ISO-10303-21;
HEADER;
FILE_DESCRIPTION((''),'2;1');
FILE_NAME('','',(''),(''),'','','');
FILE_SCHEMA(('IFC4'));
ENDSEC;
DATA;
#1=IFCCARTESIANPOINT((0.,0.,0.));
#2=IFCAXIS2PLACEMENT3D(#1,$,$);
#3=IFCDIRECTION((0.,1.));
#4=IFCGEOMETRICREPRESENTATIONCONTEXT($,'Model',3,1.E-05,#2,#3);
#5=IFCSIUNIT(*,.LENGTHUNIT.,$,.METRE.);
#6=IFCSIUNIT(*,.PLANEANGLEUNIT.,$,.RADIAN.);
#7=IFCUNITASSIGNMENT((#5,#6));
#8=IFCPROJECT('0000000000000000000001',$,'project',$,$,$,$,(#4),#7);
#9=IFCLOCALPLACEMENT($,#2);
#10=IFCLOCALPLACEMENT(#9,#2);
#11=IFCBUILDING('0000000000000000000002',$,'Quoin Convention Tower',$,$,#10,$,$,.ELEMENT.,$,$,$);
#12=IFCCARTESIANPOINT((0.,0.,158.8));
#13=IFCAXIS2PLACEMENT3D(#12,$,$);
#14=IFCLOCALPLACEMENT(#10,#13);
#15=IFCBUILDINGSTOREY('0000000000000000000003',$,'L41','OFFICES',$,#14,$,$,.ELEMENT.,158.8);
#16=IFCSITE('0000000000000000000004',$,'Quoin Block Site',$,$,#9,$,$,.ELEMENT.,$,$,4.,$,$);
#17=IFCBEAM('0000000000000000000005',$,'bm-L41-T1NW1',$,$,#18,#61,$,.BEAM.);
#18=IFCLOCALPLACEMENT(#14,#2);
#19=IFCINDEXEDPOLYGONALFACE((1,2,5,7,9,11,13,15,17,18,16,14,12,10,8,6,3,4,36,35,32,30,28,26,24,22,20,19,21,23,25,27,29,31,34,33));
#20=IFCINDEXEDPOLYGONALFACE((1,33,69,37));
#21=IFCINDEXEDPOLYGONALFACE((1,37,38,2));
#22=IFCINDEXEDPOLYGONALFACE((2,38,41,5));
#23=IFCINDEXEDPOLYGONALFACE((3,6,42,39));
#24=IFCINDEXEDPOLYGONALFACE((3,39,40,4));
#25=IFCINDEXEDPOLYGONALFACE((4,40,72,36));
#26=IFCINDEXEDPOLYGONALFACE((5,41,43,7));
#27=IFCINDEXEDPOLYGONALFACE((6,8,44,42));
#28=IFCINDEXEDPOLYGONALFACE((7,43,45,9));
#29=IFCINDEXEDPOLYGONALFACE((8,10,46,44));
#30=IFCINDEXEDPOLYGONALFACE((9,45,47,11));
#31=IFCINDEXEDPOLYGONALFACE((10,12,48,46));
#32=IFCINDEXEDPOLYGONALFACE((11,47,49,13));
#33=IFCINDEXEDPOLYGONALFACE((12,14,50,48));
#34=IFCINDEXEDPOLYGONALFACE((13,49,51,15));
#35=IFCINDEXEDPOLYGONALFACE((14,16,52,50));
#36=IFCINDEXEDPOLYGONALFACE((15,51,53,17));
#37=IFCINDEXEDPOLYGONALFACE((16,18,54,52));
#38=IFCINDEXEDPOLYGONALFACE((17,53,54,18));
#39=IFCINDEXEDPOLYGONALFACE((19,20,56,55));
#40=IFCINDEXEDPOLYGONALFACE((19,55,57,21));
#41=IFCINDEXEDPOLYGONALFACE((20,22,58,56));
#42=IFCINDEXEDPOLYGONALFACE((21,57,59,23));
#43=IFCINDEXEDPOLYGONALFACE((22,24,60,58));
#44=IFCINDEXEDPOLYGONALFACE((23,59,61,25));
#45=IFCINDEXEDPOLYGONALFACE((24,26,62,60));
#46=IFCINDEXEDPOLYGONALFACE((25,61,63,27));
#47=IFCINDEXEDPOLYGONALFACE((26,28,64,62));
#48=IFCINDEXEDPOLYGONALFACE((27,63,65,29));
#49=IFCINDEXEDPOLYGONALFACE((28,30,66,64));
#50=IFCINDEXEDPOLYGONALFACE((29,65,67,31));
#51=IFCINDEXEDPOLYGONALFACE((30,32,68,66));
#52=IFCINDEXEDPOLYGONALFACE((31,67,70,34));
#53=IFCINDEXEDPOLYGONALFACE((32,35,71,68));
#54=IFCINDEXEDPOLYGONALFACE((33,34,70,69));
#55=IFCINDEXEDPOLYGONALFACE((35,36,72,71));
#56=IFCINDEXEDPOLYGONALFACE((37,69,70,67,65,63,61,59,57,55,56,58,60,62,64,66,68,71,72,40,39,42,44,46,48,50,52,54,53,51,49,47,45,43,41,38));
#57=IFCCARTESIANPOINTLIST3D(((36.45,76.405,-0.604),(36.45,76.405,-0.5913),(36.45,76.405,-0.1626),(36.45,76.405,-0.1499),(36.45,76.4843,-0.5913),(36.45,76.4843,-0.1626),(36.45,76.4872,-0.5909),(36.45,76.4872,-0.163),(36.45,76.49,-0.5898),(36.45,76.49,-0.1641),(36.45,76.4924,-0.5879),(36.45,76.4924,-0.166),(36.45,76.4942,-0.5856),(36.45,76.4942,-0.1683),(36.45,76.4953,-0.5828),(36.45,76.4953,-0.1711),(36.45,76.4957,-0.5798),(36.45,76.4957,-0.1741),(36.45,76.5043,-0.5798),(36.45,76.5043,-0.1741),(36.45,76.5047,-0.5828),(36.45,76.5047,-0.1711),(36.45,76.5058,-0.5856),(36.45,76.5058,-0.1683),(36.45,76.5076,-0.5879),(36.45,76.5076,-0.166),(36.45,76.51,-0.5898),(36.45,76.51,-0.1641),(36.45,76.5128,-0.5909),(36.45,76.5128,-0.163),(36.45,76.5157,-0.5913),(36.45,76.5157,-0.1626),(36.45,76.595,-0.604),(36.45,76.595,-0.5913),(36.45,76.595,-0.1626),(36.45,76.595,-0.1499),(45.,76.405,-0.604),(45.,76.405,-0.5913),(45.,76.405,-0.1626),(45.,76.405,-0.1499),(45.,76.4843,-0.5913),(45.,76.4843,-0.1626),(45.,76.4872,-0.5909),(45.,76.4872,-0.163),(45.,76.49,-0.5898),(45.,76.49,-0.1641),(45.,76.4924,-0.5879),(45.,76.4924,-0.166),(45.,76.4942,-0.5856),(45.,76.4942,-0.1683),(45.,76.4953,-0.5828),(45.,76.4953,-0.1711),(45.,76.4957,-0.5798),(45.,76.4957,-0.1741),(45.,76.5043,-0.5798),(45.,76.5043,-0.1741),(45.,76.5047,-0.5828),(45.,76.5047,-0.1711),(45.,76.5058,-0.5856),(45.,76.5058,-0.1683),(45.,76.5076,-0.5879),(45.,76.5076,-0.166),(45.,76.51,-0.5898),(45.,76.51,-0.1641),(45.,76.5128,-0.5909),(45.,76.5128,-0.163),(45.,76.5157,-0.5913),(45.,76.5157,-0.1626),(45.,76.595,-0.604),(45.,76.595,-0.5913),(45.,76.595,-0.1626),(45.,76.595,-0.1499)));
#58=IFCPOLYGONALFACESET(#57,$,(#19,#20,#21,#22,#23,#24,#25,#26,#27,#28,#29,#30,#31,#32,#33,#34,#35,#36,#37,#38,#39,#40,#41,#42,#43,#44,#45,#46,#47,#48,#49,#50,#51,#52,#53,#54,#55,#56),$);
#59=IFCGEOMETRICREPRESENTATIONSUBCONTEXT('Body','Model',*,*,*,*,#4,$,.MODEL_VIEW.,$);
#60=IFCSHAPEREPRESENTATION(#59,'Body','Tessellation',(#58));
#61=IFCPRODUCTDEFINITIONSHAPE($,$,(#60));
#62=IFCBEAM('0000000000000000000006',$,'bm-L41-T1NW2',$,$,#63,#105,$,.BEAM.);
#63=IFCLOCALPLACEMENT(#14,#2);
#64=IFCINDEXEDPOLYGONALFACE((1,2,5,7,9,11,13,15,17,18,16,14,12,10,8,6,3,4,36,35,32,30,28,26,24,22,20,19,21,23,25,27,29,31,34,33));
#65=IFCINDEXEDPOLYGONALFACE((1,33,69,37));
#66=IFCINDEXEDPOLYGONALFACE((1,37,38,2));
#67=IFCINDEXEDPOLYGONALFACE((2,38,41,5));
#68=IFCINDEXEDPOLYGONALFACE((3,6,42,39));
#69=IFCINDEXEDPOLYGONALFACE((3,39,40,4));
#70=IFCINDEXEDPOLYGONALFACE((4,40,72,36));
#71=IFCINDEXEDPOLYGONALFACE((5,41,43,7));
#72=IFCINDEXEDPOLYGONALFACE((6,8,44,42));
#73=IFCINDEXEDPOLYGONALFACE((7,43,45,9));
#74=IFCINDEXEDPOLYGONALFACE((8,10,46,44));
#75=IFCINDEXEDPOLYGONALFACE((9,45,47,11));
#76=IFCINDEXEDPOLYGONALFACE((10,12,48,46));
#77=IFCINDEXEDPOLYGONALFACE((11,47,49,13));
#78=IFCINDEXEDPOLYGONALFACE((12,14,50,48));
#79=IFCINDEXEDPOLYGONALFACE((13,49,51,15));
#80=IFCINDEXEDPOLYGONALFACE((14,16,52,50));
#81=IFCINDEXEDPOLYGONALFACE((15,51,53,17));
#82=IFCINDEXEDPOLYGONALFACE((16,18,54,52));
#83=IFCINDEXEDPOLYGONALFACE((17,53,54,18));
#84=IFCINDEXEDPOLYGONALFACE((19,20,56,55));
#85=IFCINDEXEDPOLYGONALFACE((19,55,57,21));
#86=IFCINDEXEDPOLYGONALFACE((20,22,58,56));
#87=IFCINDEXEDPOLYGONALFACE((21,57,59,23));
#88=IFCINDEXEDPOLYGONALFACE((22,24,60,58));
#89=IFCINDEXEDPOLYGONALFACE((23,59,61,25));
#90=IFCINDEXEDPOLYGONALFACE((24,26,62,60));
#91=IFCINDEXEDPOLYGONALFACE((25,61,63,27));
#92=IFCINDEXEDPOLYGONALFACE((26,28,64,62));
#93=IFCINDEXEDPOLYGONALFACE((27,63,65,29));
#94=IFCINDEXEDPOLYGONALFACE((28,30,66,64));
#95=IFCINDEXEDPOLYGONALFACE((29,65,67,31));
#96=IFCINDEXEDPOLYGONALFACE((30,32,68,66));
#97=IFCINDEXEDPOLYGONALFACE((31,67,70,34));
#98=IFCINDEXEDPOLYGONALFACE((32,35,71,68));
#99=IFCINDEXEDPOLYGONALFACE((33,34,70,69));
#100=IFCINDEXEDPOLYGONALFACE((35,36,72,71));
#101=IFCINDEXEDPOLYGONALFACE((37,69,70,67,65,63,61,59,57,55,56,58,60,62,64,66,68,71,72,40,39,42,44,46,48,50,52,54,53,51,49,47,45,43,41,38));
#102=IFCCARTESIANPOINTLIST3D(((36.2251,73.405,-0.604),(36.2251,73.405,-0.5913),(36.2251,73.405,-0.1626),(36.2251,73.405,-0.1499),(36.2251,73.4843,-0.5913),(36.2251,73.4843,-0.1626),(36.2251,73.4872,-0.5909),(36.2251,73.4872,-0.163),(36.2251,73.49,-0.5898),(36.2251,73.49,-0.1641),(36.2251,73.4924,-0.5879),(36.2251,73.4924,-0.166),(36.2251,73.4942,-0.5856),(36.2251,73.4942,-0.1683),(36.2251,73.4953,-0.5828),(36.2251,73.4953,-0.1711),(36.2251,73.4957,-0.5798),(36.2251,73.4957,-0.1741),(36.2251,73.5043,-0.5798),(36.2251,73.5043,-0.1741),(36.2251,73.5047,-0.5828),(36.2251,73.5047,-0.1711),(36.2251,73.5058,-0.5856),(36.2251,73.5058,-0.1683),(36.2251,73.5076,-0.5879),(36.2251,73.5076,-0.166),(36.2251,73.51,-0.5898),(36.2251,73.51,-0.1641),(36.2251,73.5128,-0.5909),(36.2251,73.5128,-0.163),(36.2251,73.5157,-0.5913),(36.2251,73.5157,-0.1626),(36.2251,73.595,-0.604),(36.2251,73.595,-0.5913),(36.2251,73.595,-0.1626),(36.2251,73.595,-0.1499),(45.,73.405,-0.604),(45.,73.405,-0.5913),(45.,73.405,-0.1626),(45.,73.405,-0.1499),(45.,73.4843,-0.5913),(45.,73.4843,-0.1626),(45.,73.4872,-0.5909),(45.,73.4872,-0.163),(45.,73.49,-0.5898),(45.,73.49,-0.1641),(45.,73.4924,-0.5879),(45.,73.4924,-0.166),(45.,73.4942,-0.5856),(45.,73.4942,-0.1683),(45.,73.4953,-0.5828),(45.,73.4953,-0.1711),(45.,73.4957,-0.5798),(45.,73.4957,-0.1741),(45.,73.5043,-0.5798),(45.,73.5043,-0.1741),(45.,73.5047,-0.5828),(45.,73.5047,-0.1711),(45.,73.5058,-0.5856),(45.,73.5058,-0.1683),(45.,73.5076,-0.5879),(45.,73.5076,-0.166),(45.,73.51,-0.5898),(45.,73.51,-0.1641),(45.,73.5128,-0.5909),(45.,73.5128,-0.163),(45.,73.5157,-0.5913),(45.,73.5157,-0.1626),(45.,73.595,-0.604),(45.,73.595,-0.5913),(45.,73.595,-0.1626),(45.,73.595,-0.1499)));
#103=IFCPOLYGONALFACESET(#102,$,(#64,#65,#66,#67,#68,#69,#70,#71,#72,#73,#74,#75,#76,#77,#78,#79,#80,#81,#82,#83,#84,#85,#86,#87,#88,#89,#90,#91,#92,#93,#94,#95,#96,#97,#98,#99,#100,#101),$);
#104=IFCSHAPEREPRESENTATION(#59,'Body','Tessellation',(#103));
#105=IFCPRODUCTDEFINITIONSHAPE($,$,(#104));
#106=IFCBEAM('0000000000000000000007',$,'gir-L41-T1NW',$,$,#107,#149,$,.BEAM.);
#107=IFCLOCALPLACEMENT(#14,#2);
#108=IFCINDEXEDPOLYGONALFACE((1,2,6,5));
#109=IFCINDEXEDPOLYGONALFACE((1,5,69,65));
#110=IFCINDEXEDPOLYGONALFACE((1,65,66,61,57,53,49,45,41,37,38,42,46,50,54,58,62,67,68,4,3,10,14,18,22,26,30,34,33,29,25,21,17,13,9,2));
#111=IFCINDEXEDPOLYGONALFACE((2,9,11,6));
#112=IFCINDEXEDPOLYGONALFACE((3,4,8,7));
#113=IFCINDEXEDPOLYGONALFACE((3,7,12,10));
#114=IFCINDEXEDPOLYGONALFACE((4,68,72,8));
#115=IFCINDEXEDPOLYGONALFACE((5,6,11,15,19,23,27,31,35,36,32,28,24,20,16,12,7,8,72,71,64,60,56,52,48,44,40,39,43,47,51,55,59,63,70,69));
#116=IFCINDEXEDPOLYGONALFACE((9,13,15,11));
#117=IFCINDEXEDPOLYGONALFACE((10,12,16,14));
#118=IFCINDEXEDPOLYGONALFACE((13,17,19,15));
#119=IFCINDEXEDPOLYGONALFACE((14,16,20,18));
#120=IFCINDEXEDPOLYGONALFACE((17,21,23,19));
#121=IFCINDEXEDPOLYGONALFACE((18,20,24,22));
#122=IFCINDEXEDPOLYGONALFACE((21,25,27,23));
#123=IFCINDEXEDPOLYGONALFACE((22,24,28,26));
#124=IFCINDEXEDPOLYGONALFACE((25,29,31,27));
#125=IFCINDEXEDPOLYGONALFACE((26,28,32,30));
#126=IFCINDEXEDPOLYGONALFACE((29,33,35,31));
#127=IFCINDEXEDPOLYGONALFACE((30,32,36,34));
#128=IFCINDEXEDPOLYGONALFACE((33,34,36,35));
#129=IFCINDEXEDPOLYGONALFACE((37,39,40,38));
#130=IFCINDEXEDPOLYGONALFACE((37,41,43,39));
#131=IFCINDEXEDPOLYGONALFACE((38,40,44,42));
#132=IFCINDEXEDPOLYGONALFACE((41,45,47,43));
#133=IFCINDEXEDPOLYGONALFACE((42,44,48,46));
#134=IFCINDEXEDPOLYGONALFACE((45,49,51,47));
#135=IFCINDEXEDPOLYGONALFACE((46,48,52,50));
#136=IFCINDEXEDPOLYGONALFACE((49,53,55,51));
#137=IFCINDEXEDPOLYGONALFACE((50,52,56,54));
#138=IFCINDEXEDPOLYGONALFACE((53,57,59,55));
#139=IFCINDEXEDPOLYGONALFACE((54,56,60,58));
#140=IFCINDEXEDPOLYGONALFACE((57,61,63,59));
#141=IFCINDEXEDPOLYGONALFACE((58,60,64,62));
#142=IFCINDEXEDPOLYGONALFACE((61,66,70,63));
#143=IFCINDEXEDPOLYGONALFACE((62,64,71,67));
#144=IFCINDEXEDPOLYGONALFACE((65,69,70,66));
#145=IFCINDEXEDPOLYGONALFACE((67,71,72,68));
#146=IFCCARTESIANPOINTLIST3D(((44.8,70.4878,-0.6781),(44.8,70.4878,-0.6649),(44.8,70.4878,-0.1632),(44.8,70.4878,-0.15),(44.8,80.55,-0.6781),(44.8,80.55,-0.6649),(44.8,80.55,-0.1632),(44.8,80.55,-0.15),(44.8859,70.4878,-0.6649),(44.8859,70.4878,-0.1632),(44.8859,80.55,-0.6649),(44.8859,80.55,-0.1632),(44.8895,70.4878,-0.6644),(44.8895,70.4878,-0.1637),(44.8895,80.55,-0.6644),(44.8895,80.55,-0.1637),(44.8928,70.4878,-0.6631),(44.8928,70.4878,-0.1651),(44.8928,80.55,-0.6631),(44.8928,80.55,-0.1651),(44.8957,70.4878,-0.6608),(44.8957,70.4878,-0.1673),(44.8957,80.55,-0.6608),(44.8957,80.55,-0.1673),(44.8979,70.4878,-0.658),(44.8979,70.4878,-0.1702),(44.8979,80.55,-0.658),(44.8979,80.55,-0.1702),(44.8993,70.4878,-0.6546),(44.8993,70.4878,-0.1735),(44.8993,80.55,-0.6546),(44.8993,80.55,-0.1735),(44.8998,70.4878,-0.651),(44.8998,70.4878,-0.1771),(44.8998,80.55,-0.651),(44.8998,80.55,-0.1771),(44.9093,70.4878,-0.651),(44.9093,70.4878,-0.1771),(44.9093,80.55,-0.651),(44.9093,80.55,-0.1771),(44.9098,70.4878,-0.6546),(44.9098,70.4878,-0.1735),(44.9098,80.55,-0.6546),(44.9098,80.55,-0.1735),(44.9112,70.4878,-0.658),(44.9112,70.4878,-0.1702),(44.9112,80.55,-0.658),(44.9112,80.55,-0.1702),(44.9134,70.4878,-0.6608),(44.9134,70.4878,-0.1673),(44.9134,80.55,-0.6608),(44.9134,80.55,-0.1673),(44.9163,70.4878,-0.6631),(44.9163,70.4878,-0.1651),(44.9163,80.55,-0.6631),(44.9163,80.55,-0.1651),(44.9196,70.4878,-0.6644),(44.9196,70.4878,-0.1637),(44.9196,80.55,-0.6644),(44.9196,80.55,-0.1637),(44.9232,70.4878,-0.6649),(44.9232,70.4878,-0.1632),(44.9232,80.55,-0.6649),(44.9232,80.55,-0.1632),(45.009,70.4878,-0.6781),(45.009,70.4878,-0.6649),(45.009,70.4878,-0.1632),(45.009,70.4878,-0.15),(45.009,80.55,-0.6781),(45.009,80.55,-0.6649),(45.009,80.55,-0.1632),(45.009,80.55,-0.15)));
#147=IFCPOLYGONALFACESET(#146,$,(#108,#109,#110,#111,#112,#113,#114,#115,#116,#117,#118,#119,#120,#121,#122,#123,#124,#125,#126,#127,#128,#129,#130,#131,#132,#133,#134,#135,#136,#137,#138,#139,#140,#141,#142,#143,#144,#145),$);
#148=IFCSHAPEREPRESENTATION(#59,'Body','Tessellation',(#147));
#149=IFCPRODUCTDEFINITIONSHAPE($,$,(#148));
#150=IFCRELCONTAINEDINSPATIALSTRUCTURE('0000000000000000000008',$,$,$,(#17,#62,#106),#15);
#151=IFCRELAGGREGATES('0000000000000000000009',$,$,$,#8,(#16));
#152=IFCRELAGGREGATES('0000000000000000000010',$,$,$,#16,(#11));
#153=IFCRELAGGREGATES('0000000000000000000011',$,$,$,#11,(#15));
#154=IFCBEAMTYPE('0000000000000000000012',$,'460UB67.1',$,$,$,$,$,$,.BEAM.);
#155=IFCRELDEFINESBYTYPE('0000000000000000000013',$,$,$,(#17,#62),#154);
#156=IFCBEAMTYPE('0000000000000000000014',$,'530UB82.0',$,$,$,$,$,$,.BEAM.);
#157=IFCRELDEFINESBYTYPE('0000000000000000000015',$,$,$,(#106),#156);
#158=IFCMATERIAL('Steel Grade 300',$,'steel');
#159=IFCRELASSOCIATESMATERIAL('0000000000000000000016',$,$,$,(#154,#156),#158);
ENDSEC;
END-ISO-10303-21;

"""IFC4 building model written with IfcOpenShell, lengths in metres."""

from ifc_helpers import new_model, si_unit, direction, frame, origin, origin_2d, place, context, subcontext, project, spatial, i_section, extrude, material, material_profile, profile_set, type_object, element, save


model = new_model("IFC4")

# Units and contexts
model_context = context("Model", 3, precision=1e-05, world=origin(), true_north=direction((0.0, 1.0)))
body_context = subcontext(model_context, "Body", "Model", "MODEL_VIEW")
ifc_project = project(units=[si_unit("LENGTHUNIT", "METRE"), si_unit("PLANEANGLEUNIT", "RADIAN")], contexts=[model_context])

# Site, building, storey
site_placement = place(None, origin())
site = spatial("IfcSite", under=ifc_project, at=site_placement, Name="Quoin Block Site", CompositionType="ELEMENT", RefElevation=4.0)
building_placement = place(site_placement, origin())
building = spatial("IfcBuilding", under=site, at=building_placement, Name="Quoin Convention Tower", CompositionType="ELEMENT")
storey_placement = place(building_placement, frame((0.0, 0.0, 158.8)))
storey = spatial("IfcBuildingStorey", under=building, at=storey_placement, Name="L41", Description="OFFICES", CompositionType="ELEMENT", Elevation=158.8)

# Beams
ifc_material_1 = material(Name="Steel Grade 300", Category="steel")
ifc_material_profile_1 = material_profile(ifc_material_1, i_section(OverallWidth=0.1899, OverallDepth=0.4541, WebThickness=0.0085, FlangeThickness=0.0127, FilletRadius=0.0115, at=origin_2d()), Name="460UB67.1")
ifc_profile_set_1 = profile_set([ifc_material_profile_1], Name="Steel Grade 300")
beam_type_1 = type_object("IfcBeamType", Name="460UB67.1", PredefinedType="BEAM", material=ifc_profile_set_1)
beam_1_placement = place(storey_placement, frame((36.45, 76.5, -0.377), z_axis=(1.0, 0.0, 0.0), x_axis=(0.0, 1.0, 0.0)))
element("IfcBeam", 1, at=beam_1_placement, inside=storey, type_object=beam_type_1, Name="bm-L41-T1NW1", PredefinedType="BEAM", context=body_context, shape_type="SweptSolid", body=[
    extrude(i_section(OverallWidth=0.1899, OverallDepth=0.4541, WebThickness=0.0085, FlangeThickness=0.0127, FilletRadius=0.0115, at=origin_2d()), origin(), (0.0, 0.0, 1.0), 8.55),
])
beam_2_placement = place(storey_placement, frame((36.2251, 73.5, -0.377), z_axis=(1.0, 0.0, 0.0), x_axis=(0.0, 1.0, 0.0)))
element("IfcBeam", 2, at=beam_2_placement, inside=storey, type_object=beam_type_1, Name="bm-L41-T1NW2", PredefinedType="BEAM", context=body_context, shape_type="SweptSolid", body=[
    extrude(i_section(OverallWidth=0.1899, OverallDepth=0.4541, WebThickness=0.0085, FlangeThickness=0.0127, FilletRadius=0.0115, at=origin_2d()), origin(), (0.0, 0.0, 1.0), 8.7749),
])
ifc_material_profile_2 = material_profile(ifc_material_1, i_section(OverallWidth=0.209, OverallDepth=0.5281, WebThickness=0.0095, FlangeThickness=0.0132, FilletRadius=0.0139, at=origin_2d()), Name="530UB82.0")
ifc_profile_set_2 = profile_set([ifc_material_profile_2], Name="Steel Grade 300")
beam_type_2 = type_object("IfcBeamType", Name="530UB82.0", PredefinedType="BEAM", material=ifc_profile_set_2)
beam_3_placement = place(storey_placement, frame((44.9045, 80.55, -0.4141), z_axis=(0.0, -1.0, 0.0), x_axis=(1.0, 0.0, 0.0)))
element("IfcBeam", 3, at=beam_3_placement, inside=storey, type_object=beam_type_2, Name="gir-L41-T1NW", PredefinedType="BEAM", context=body_context, shape_type="SweptSolid", body=[
    extrude(i_section(OverallWidth=0.209, OverallDepth=0.5281, WebThickness=0.0095, FlangeThickness=0.0132, FilletRadius=0.0139, at=origin_2d()), origin(), (0.0, 0.0, 1.0), 10.0623),
])

save(model, "model.ifc")
